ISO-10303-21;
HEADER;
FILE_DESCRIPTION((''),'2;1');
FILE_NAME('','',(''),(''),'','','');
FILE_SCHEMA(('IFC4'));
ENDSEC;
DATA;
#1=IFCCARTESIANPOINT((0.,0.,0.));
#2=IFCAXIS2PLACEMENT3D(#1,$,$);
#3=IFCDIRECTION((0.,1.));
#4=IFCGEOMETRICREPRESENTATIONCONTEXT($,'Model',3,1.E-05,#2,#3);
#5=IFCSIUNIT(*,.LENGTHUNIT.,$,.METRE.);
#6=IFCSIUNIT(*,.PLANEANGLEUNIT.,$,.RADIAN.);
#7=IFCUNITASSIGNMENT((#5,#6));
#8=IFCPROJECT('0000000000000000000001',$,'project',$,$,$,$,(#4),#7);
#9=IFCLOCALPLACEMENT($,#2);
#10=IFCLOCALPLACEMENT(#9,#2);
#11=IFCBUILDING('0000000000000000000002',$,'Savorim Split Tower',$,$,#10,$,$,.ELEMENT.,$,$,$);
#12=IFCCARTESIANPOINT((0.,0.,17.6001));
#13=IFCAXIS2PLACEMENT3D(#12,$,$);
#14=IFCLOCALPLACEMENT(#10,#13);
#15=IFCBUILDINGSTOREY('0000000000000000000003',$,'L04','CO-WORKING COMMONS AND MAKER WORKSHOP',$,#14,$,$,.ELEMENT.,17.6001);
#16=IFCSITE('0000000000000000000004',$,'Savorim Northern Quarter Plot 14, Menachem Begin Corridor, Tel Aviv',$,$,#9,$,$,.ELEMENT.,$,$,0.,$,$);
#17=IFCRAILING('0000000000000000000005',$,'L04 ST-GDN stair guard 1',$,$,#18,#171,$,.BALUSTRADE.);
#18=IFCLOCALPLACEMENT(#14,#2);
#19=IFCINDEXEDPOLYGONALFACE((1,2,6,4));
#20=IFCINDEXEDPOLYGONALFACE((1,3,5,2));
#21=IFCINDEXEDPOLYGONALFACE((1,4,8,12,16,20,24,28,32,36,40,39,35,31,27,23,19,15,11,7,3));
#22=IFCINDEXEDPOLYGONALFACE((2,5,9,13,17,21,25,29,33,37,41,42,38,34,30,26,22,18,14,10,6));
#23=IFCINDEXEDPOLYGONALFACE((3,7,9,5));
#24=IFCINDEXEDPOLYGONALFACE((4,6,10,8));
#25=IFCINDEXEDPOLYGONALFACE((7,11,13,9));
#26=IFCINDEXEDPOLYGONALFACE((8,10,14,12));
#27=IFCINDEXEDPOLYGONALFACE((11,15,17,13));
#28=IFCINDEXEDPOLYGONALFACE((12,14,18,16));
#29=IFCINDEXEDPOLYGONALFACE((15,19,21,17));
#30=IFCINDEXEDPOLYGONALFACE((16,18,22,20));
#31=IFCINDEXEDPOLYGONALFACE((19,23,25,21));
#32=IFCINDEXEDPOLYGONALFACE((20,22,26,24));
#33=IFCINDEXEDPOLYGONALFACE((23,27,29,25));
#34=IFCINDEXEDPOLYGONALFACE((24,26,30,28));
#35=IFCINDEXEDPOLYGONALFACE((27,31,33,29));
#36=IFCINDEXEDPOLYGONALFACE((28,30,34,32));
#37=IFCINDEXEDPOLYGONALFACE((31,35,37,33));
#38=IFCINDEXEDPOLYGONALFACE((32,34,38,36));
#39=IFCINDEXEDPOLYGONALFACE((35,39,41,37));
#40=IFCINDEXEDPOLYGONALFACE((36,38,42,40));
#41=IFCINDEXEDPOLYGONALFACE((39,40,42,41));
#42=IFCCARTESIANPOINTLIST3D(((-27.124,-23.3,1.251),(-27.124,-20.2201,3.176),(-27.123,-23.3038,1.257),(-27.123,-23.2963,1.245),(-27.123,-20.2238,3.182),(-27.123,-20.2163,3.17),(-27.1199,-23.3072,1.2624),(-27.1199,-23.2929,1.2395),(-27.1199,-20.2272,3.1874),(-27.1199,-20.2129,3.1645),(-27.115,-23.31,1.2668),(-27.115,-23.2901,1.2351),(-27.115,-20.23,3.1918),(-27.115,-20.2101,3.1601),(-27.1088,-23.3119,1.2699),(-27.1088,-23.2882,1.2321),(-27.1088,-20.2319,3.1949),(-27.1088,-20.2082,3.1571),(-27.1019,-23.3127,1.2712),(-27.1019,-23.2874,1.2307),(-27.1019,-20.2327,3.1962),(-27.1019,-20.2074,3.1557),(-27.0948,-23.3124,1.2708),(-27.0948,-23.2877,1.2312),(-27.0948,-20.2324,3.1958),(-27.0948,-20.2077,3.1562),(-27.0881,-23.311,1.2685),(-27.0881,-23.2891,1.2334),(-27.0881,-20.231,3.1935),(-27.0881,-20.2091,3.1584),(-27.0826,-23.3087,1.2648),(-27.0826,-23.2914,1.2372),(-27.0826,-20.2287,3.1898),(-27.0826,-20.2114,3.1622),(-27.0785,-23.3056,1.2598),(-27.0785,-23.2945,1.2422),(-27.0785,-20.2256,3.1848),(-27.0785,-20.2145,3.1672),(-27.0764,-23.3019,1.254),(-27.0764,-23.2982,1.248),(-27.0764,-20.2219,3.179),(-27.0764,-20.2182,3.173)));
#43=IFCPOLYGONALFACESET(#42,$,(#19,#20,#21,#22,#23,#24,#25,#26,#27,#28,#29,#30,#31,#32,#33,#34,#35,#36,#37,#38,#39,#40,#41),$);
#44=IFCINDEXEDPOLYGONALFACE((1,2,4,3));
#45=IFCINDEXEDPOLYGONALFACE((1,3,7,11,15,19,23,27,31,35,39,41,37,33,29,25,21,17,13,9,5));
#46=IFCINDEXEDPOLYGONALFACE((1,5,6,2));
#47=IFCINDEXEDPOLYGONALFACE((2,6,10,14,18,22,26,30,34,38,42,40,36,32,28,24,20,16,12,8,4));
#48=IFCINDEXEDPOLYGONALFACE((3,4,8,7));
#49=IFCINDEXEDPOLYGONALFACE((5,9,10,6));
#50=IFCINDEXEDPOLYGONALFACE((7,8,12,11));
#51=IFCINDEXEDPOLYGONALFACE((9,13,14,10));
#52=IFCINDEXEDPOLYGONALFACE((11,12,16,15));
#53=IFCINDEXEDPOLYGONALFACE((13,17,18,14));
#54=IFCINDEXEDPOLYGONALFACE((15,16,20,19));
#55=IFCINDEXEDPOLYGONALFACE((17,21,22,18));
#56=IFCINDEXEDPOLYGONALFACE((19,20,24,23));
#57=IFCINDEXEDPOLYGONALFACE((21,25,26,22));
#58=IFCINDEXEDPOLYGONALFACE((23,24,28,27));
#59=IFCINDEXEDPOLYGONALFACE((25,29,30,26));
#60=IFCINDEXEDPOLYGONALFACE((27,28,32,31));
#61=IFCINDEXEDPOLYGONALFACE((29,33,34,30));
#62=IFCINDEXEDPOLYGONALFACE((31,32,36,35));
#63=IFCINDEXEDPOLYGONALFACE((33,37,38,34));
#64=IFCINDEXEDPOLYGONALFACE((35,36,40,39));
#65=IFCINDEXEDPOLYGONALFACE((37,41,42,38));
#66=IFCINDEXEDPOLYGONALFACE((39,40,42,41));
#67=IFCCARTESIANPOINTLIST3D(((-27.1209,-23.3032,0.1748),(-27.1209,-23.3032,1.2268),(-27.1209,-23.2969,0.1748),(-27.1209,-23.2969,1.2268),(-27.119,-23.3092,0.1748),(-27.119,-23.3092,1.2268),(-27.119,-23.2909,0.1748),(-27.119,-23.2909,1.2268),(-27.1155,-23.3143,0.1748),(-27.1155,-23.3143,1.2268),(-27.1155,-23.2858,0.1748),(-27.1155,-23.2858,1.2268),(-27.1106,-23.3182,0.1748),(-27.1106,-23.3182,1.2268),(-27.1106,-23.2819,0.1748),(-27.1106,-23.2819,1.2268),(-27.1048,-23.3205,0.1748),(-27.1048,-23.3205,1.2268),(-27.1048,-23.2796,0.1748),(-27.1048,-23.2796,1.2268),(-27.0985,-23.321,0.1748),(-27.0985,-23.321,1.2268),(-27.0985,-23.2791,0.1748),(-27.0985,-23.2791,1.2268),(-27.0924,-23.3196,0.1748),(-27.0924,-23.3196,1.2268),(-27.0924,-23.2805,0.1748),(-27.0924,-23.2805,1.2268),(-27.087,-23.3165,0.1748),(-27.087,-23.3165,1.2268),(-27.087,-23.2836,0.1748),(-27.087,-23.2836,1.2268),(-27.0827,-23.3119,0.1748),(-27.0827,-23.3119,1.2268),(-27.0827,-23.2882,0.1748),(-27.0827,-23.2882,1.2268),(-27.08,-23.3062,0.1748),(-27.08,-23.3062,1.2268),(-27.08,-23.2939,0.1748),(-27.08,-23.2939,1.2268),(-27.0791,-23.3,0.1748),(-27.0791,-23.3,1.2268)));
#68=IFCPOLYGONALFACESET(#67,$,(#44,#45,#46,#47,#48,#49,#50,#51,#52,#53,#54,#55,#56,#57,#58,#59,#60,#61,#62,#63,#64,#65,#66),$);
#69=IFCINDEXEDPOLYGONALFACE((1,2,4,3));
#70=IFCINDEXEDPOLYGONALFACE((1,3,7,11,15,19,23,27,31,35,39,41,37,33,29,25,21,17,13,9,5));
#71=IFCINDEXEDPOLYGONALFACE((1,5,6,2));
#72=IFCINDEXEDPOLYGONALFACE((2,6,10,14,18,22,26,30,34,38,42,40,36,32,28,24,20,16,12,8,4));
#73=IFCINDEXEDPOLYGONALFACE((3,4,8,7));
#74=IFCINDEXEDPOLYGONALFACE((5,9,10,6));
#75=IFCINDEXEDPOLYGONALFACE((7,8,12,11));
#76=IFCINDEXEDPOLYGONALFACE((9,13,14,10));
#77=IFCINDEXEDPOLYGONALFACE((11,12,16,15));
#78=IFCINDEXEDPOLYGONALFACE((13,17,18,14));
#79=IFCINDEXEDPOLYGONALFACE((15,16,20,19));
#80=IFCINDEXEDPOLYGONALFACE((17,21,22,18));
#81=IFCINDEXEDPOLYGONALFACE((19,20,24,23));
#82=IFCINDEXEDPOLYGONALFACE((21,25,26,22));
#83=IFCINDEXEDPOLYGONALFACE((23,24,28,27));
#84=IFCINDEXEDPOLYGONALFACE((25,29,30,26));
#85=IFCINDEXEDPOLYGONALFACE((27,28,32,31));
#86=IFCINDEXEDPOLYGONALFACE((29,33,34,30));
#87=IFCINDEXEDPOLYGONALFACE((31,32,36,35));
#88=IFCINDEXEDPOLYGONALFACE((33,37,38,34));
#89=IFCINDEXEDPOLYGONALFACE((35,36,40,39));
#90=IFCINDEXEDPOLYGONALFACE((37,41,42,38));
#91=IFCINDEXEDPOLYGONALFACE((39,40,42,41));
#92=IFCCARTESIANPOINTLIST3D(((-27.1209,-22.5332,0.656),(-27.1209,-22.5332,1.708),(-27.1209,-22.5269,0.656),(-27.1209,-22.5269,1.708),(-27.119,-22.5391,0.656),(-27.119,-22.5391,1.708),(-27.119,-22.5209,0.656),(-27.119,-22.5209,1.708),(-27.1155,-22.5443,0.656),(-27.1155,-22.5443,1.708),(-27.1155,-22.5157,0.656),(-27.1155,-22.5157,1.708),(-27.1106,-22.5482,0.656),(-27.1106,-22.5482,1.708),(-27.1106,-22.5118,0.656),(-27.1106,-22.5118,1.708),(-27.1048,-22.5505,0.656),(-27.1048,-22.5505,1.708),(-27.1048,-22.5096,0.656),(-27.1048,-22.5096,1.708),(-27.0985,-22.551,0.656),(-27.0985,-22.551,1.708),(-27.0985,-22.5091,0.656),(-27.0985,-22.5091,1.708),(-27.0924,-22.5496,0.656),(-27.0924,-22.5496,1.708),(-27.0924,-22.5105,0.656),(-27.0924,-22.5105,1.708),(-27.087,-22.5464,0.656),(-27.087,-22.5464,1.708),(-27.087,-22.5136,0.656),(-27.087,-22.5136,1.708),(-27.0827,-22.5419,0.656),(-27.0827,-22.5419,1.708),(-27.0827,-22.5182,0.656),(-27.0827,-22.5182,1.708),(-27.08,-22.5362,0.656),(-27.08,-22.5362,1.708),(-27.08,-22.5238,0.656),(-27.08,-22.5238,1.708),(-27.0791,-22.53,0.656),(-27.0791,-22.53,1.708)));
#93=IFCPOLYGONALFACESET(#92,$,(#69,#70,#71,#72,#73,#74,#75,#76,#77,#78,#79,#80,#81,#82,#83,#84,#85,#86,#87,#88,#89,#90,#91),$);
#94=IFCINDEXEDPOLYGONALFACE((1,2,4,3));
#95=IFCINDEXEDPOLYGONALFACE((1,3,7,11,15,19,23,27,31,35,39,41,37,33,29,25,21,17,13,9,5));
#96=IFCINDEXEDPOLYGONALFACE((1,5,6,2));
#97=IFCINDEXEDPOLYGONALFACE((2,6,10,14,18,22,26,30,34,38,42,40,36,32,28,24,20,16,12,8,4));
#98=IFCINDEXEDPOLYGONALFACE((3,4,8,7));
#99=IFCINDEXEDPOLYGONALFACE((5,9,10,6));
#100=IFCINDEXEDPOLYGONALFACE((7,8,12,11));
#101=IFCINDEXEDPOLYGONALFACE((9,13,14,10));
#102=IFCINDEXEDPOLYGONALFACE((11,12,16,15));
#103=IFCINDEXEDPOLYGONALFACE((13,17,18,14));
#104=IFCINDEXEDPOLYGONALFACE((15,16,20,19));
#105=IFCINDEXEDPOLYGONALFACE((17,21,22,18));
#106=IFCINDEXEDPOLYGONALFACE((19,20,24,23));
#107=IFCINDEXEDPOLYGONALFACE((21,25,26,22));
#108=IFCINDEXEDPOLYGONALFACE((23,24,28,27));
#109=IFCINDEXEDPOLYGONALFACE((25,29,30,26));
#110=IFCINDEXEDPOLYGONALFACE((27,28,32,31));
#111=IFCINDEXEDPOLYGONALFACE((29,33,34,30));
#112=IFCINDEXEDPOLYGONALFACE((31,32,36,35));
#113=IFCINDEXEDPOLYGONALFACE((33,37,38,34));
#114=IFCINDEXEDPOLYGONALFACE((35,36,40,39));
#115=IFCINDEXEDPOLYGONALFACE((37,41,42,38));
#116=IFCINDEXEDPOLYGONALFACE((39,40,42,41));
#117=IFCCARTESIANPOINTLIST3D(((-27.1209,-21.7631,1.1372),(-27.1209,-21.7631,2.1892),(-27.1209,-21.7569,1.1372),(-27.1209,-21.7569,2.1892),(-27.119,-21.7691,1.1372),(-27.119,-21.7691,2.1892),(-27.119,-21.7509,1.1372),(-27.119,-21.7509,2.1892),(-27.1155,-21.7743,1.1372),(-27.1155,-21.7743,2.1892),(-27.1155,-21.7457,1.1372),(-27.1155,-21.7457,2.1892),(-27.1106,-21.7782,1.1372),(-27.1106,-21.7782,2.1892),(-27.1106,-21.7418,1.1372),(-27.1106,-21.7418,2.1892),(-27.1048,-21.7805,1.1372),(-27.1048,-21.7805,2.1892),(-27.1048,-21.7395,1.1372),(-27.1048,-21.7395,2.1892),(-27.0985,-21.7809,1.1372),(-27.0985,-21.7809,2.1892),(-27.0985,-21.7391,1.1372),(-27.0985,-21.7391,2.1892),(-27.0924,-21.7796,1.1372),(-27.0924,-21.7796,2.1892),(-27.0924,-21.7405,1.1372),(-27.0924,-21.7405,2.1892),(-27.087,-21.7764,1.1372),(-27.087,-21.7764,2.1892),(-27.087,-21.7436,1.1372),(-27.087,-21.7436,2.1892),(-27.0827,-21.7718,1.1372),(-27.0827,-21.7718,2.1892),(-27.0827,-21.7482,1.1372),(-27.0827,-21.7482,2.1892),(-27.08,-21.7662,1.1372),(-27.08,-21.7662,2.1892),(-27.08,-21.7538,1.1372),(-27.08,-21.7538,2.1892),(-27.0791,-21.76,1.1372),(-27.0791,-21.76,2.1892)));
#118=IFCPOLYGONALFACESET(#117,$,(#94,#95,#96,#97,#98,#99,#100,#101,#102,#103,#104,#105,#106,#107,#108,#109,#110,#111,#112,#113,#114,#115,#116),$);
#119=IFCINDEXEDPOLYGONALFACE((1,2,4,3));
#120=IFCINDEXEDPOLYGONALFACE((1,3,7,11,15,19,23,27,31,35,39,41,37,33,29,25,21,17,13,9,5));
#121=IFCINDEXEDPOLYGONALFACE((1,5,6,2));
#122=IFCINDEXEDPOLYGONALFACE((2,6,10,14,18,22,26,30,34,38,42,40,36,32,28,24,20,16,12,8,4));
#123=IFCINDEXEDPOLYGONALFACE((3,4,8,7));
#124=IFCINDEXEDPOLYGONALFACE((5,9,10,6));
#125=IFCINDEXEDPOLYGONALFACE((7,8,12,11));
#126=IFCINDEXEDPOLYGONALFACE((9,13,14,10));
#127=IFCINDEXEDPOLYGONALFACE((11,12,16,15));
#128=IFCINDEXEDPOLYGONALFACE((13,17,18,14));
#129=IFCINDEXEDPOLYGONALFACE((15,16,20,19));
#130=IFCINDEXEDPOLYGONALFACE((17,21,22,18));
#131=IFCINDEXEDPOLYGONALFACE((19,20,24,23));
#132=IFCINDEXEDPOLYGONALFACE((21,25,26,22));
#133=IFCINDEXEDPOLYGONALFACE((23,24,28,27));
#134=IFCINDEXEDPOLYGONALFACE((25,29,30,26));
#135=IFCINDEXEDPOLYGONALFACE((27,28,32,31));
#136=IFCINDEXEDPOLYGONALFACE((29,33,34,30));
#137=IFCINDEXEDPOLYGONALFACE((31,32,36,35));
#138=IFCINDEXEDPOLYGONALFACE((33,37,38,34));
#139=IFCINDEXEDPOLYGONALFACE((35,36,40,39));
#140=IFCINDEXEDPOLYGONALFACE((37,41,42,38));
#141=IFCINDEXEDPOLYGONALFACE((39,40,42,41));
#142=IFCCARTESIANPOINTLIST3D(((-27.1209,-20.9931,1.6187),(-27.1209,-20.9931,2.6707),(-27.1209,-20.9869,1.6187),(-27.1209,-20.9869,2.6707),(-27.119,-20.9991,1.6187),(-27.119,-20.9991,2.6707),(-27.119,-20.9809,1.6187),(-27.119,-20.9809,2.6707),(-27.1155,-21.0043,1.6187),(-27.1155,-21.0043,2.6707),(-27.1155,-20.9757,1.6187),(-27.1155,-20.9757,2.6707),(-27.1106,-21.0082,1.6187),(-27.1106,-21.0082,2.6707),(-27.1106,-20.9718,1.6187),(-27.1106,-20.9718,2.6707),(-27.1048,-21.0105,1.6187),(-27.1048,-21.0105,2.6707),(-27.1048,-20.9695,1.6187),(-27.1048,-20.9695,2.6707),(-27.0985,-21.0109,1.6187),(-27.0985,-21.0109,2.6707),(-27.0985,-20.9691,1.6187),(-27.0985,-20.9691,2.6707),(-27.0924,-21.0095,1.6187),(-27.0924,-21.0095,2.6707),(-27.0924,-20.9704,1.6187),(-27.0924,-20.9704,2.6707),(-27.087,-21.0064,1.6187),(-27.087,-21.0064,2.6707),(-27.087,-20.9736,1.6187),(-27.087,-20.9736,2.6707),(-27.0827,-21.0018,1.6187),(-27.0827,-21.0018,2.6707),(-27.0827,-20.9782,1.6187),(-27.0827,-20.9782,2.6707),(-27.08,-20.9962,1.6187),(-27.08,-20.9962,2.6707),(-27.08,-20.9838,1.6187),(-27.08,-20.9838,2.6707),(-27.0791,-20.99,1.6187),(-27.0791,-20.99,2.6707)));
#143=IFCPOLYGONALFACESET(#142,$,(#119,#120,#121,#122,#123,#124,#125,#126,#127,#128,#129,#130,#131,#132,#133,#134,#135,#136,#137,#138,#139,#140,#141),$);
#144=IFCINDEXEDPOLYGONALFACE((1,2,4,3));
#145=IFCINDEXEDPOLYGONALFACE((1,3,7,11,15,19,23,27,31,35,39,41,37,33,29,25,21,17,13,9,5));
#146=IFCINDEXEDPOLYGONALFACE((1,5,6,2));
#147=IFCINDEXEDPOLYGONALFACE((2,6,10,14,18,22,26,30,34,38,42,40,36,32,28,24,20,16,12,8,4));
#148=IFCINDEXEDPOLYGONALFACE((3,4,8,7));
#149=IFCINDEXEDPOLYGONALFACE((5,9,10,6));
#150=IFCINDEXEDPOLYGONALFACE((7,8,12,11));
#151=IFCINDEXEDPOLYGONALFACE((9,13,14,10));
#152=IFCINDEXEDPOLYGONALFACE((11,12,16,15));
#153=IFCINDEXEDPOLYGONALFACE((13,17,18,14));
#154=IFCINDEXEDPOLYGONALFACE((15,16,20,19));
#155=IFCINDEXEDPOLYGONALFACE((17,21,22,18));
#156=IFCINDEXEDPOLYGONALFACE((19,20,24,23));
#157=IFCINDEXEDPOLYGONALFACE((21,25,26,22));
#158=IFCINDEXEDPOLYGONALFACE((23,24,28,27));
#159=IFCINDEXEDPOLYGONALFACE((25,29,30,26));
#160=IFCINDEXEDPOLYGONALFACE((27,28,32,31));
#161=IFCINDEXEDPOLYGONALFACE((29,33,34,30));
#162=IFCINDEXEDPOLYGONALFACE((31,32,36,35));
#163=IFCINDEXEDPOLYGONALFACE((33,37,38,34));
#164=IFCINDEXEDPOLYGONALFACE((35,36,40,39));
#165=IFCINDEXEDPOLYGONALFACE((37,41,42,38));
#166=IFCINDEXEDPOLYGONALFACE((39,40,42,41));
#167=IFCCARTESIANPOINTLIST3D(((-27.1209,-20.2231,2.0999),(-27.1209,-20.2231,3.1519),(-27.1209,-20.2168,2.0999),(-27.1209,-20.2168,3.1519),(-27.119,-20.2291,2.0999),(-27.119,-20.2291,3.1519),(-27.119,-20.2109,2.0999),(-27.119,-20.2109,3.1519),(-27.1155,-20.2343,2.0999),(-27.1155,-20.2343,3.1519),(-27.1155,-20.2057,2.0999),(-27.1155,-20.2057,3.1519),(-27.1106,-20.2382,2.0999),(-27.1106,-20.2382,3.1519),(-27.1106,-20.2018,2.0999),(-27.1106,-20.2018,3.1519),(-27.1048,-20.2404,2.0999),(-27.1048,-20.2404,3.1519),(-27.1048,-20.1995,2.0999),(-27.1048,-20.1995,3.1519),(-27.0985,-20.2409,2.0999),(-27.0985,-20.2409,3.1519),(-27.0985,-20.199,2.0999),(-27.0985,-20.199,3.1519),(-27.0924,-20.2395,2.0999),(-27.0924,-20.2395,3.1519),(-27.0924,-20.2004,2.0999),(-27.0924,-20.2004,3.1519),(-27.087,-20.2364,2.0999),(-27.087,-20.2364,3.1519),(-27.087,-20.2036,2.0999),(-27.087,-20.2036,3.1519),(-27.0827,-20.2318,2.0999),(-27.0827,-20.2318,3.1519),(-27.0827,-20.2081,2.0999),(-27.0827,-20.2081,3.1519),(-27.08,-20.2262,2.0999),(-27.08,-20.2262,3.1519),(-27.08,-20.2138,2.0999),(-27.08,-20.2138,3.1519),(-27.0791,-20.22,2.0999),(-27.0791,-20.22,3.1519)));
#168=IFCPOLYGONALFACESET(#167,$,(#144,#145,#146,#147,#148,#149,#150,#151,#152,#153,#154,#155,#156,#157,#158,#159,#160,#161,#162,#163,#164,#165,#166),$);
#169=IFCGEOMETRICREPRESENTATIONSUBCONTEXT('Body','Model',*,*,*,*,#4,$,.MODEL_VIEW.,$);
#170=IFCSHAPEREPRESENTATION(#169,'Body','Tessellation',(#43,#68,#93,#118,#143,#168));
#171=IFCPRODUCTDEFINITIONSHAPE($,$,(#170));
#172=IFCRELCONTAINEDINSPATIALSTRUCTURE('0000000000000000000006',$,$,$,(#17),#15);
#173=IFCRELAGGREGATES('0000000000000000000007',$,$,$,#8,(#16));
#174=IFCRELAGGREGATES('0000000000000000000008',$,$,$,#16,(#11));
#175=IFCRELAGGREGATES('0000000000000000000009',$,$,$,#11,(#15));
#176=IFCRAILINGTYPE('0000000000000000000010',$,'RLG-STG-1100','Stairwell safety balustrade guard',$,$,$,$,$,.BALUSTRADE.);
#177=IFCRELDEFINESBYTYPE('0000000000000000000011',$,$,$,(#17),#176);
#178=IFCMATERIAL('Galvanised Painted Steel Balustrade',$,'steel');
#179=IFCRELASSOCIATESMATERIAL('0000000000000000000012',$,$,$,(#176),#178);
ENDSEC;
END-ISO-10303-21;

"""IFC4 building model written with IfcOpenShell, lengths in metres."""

from ifc_helpers import new_model, si_unit, direction, frame, origin, origin_2d, place, context, subcontext, project, spatial, circle, extrude, material, type_object, element, save


model = new_model("IFC4")

# Units and contexts
model_context = context("Model", 3, precision=1e-05, world=origin(), true_north=direction((0.0, 1.0)))
body_context = subcontext(model_context, "Body", "Model", "MODEL_VIEW")
ifc_project = project(units=[si_unit("LENGTHUNIT", "METRE"), si_unit("PLANEANGLEUNIT", "RADIAN")], contexts=[model_context])

# Site, building, storey
site_placement = place(None, origin())
site = spatial("IfcSite", under=ifc_project, at=site_placement, Name="Savorim Northern Quarter Plot 14, Menachem Begin Corridor, Tel Aviv", CompositionType="ELEMENT", RefElevation=0.0)
building_placement = place(site_placement, origin())
building = spatial("IfcBuilding", under=site, at=building_placement, Name="Savorim Split Tower", CompositionType="ELEMENT")
storey_placement = place(building_placement, frame((0.0, 0.0, 17.6001)))
storey = spatial("IfcBuildingStorey", under=building, at=storey_placement, Name="L04", Description="CO-WORKING COMMONS AND MAKER WORKSHOP", CompositionType="ELEMENT", Elevation=17.6001)

# Railing
ifc_material_1 = material(Name="Galvanised Painted Steel Balustrade", Category="steel")
railing_type_1 = type_object("IfcRailingType", Name="RLG-STG-1100", Description="Stairwell safety balustrade guard", PredefinedType="BALUSTRADE", material=ifc_material_1)
railing_1_placement = place(storey_placement, frame((-27.1001, -23.3, 0.1748)))
element("IfcRailing", 1, at=railing_1_placement, inside=storey, type_object=railing_type_1, Name="L04 ST-GDN stair guard 1", PredefinedType="BALUSTRADE", context=body_context, shape_type="SweptSolid", body=[
    extrude(circle(Radius=0.0239, at=origin_2d()), frame((0.0, 0.0, 1.0762), z_axis=(0.0, 0.847998, 0.529999), x_axis=(-1.0, 0.0, 0.0)), (0.0, 0.0, 1.0), 3.6321),
    extrude(circle(Radius=0.021, at=origin_2d()), origin(), (0.0, 0.0, 1.0), 1.052),
    extrude(circle(Radius=0.021, at=origin_2d()), frame((0.0, 0.77, 0.4812)), (0.0, 0.0, 1.0), 1.052),
    extrude(circle(Radius=0.021, at=origin_2d()), frame((0.0, 1.54, 0.9624)), (0.0, 0.0, 1.0), 1.052),
    extrude(circle(Radius=0.021, at=origin_2d()), frame((0.0, 2.3101, 1.4438)), (0.0, 0.0, 1.0), 1.052),
    extrude(circle(Radius=0.021, at=origin_2d()), frame((0.0, 3.0801, 1.925)), (0.0, 0.0, 1.0), 1.052),
])

save(model, "model.ifc")
